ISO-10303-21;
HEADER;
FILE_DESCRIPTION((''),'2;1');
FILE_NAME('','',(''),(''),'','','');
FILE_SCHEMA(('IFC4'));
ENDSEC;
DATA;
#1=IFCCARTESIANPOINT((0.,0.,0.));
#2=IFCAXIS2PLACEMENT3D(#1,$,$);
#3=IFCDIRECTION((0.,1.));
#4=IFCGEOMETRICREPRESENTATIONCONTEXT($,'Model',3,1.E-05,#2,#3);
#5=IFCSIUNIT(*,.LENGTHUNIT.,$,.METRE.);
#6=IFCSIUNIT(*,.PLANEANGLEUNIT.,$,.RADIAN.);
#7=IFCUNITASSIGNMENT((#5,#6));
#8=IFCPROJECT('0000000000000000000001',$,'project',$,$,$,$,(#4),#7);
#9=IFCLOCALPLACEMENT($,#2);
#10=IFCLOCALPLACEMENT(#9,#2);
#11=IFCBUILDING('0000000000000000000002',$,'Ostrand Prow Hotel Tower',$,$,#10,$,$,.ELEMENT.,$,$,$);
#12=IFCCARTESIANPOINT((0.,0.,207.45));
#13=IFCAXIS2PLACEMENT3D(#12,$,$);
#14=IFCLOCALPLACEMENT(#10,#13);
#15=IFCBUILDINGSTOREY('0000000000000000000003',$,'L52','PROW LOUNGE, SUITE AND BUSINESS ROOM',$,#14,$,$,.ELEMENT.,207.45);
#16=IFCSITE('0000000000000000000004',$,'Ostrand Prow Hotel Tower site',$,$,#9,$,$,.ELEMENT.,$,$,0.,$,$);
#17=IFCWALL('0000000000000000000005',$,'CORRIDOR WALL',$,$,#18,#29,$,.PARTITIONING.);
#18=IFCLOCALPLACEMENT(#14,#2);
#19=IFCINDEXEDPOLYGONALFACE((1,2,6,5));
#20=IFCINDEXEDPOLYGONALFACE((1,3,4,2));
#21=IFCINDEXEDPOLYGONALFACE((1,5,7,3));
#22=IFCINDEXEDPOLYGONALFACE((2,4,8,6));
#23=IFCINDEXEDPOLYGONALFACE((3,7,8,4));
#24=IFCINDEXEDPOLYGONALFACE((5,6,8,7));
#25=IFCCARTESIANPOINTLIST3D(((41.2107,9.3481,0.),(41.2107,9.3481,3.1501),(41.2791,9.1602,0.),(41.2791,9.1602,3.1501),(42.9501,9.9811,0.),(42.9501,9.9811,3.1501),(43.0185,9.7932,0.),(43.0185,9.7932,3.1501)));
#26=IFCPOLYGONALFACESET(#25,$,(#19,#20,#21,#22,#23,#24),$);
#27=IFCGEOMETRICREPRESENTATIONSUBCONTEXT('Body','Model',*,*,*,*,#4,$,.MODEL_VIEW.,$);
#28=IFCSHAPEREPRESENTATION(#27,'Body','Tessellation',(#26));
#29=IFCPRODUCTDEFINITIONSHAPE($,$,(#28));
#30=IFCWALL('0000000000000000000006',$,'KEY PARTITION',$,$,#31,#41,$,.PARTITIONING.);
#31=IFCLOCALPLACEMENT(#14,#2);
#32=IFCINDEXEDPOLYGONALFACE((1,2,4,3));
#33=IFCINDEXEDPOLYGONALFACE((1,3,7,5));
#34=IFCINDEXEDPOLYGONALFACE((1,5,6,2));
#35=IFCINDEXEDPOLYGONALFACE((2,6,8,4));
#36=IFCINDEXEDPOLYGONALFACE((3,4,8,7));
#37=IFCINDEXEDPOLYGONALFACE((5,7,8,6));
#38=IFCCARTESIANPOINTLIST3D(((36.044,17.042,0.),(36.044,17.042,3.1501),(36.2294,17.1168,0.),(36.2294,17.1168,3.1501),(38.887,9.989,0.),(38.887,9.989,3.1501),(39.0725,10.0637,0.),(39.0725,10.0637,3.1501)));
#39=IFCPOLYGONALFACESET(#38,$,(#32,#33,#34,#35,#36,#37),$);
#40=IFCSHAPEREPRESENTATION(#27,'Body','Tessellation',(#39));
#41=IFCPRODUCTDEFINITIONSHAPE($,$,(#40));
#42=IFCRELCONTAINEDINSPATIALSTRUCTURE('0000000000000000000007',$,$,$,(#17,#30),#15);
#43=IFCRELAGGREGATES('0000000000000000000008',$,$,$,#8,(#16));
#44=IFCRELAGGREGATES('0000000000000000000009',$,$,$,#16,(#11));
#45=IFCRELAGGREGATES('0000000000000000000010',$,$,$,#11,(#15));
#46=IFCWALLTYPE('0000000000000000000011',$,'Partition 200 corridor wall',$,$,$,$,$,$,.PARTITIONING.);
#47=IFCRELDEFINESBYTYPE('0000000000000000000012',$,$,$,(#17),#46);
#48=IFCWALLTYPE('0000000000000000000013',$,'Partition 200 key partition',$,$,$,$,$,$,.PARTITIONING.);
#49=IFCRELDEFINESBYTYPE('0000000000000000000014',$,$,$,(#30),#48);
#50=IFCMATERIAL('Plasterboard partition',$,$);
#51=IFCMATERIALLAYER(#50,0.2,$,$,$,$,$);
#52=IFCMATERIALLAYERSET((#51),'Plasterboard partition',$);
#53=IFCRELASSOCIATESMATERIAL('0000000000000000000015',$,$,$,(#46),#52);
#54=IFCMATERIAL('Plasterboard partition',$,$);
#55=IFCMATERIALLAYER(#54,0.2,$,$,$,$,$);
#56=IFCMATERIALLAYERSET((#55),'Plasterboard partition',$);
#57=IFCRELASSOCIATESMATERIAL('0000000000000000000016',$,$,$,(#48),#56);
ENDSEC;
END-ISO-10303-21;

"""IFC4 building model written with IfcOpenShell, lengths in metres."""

from ifc_helpers import new_model, si_unit, direction, frame, frame_2d, origin, place, context, subcontext, project, spatial, rectangle, extrude, material, layer, layer_set, type_object, element, save


model = new_model("IFC4")

# Units and contexts
model_context = context("Model", 3, precision=1e-05, world=origin(), true_north=direction((0.0, 1.0)))
body_context = subcontext(model_context, "Body", "Model", "MODEL_VIEW")
ifc_project = project(units=[si_unit("LENGTHUNIT", "METRE"), si_unit("PLANEANGLEUNIT", "RADIAN")], contexts=[model_context])

# Site, building, storey
site_placement = place(None, origin())
site = spatial("IfcSite", under=ifc_project, at=site_placement, Name="Ostrand Prow Hotel Tower site", CompositionType="ELEMENT", RefElevation=0.0)
building_placement = place(site_placement, origin())
building = spatial("IfcBuilding", under=site, at=building_placement, Name="Ostrand Prow Hotel Tower", CompositionType="ELEMENT")
storey_placement = place(building_placement, frame((0.0, 0.0, 207.45)))
storey = spatial("IfcBuildingStorey", under=building, at=storey_placement, Name="L52", Description="PROW LOUNGE, SUITE AND BUSINESS ROOM", CompositionType="ELEMENT", Elevation=207.45)

# Shared definitions
ifc_material_1 = material(Name="Plasterboard partition")
ifc_layer_1 = layer(ifc_material_1, 0.2)
ifc_layer_set_1 = layer_set([ifc_layer_1], Name="Plasterboard partition")
wall_type_1 = type_object("IfcWallType", Name="Partition 200 corridor wall", PredefinedType="PARTITIONING", material=ifc_layer_set_1)

# Walls
wall_1_placement = place(storey_placement, frame((41.2449, 9.2542, 0.0), z_axis=(0.0, 0.0, 1.0), x_axis=(0.939705, 0.341987, 0.0)))
element("IfcWall", 1, at=wall_1_placement, inside=storey, type_object=wall_type_1, Name="CORRIDOR WALL", PredefinedType="PARTITIONING", context=body_context, shape_type="SweptSolid", body=[
    extrude(rectangle(XDim=1.8511, YDim=0.2, at=frame_2d((0.9255, 0.0))), origin(), (0.0, 0.0, 1.0), 3.1501),
])
ifc_material_2 = material(Name="Plasterboard partition")
ifc_layer_2 = layer(ifc_material_2, 0.2)
ifc_layer_set_2 = layer_set([ifc_layer_2], Name="Plasterboard partition")
wall_type_2 = type_object("IfcWallType", Name="Partition 200 key partition", PredefinedType="PARTITIONING", material=ifc_layer_set_2)
wall_2_placement = place(storey_placement, frame((38.9797, 10.0264, 0.0), z_axis=(0.0, 0.0, 1.0), x_axis=(-0.373864, 0.927484, 0.0)))
element("IfcWall", 2, at=wall_2_placement, inside=storey, type_object=wall_type_2, Name="KEY PARTITION", PredefinedType="PARTITIONING", context=body_context, shape_type="SweptSolid", body=[
    extrude(rectangle(XDim=7.6045, YDim=0.2, at=frame_2d((3.8022, 0.0))), origin(), (0.0, 0.0, 1.0), 3.1501),
])

save(model, "model.ifc")
